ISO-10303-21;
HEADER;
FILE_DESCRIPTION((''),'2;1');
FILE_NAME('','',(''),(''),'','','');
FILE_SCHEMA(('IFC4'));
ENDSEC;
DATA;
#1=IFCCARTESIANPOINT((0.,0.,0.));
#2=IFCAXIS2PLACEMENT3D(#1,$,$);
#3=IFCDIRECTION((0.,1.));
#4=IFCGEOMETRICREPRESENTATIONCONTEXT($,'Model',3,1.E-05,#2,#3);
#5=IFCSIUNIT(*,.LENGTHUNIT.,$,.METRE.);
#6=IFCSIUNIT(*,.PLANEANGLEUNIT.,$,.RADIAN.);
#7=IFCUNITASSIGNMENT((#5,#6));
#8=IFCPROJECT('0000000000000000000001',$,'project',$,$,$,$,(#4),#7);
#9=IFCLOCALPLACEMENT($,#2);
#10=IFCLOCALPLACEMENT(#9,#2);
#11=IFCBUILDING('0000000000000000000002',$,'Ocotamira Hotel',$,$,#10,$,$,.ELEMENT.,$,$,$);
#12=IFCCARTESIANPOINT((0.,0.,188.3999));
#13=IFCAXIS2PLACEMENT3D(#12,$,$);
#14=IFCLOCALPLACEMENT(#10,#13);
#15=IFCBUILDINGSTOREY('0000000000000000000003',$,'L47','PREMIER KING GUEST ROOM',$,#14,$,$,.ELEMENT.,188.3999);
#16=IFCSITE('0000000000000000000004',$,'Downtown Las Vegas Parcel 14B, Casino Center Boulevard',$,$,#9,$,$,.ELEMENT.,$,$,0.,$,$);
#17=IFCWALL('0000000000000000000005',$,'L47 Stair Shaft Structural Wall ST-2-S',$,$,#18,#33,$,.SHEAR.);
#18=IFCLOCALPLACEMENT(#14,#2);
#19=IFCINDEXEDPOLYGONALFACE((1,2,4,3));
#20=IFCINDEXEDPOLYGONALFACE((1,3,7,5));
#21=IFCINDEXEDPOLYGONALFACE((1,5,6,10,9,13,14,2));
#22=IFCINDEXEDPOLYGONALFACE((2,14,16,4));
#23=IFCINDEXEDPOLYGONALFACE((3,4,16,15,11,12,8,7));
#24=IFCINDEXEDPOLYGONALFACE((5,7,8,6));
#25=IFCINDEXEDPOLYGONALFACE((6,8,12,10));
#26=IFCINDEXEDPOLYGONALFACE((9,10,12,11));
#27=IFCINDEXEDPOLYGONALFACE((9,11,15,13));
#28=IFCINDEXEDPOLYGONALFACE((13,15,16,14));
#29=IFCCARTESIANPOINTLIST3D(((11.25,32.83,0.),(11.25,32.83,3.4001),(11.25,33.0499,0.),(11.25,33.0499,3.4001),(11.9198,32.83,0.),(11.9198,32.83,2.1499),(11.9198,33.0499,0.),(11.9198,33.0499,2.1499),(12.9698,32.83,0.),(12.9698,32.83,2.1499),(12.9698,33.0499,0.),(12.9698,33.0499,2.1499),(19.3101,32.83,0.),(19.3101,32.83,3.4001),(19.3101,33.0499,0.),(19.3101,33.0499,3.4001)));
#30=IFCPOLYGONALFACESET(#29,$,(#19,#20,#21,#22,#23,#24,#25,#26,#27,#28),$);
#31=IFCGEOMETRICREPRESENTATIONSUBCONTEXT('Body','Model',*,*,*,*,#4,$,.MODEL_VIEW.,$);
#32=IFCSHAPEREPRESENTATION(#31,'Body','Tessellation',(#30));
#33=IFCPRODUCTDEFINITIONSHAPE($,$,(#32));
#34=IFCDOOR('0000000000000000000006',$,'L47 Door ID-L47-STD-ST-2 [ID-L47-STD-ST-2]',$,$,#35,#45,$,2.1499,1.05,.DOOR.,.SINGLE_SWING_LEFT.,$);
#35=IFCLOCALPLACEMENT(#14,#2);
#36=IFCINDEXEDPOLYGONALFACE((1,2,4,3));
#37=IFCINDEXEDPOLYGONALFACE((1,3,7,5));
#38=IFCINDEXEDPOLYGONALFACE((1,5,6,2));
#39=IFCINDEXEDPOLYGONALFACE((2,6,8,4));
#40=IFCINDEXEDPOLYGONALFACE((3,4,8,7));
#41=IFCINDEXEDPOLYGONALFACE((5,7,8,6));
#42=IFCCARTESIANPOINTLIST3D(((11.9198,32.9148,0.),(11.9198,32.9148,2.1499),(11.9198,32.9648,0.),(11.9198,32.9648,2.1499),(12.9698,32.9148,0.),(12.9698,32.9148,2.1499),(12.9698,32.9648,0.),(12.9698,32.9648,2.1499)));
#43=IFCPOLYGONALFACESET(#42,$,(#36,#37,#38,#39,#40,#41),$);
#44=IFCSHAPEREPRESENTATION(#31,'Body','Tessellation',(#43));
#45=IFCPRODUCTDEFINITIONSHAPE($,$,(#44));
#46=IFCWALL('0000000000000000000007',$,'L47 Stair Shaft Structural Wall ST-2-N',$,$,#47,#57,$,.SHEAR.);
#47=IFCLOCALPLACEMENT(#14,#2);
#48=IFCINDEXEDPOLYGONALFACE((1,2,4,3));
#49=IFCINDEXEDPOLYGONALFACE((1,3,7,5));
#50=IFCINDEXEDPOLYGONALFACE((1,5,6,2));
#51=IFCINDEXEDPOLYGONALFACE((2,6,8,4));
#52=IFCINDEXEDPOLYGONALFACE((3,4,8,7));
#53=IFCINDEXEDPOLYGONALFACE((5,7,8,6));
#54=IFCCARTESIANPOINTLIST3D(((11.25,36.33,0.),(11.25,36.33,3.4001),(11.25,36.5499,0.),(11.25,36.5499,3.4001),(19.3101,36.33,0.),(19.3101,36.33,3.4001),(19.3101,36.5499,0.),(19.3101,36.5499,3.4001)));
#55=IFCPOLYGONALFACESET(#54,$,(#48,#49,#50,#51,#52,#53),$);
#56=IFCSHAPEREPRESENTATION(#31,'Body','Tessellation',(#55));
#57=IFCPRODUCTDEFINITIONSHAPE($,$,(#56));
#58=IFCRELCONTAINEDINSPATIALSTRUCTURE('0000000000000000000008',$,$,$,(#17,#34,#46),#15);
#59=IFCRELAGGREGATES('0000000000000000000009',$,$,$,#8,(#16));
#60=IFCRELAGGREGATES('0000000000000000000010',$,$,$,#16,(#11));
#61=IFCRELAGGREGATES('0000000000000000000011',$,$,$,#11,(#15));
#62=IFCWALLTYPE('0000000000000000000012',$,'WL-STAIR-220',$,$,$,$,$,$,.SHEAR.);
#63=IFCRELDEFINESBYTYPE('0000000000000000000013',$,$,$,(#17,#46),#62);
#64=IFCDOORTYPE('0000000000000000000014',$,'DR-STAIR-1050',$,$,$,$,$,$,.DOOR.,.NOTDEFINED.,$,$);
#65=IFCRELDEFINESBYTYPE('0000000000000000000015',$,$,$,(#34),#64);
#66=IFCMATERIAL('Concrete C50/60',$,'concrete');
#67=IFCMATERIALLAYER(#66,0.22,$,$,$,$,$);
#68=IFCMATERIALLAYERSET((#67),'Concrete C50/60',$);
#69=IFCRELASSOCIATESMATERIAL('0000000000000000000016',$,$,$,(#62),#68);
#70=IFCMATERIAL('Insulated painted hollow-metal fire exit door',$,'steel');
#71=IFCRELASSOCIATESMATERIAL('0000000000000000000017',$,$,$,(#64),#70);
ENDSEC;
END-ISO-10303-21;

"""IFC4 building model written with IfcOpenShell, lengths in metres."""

from ifc_helpers import new_model, si_unit, direction, frame, frame_2d, origin, place, context, subcontext, project, spatial, rectangle, extrude, source, transform, mapped, material, layer, layer_set, type_object, element, fill, save


model = new_model("IFC4")

# Units and contexts
model_context = context("Model", 3, precision=1e-05, world=origin(), true_north=direction((0.0, 1.0)))
body_context = subcontext(model_context, "Body", "Model", "MODEL_VIEW")
ifc_project = project(units=[si_unit("LENGTHUNIT", "METRE"), si_unit("PLANEANGLEUNIT", "RADIAN")], contexts=[model_context])

# Site, building, storey
site_placement = place(None, origin())
site = spatial("IfcSite", under=ifc_project, at=site_placement, Name="Downtown Las Vegas Parcel 14B, Casino Center Boulevard", CompositionType="ELEMENT", RefElevation=0.0)
building_placement = place(site_placement, origin())
building = spatial("IfcBuilding", under=site, at=building_placement, Name="Ocotamira Hotel", CompositionType="ELEMENT")
storey_placement = place(building_placement, frame((0.0, 0.0, 188.3999)))
storey = spatial("IfcBuildingStorey", under=building, at=storey_placement, Name="L47", Description="PREMIER KING GUEST ROOM", CompositionType="ELEMENT", Elevation=188.3999)

# Wall, opening, door
ifc_material_1 = material(Name="Concrete C50/60", Category="concrete")
ifc_layer_1 = layer(ifc_material_1, 0.22)
ifc_layer_set_1 = layer_set([ifc_layer_1], Name="Concrete C50/60")
wall_type_1 = type_object("IfcWallType", Name="WL-STAIR-220", PredefinedType="SHEAR", material=ifc_layer_set_1)
wall_1_placement = place(storey_placement, frame((11.25, 32.9399, 0.0), z_axis=(0.0, 0.0, 1.0), x_axis=(1.0, 0.0, 0.0)))
wall_1 = element("IfcWall", 1, at=wall_1_placement, inside=storey, type_object=wall_type_1, Name="L47 Stair Shaft Structural Wall ST-2-S", PredefinedType="SHEAR", context=body_context, shape_type="SweptSolid", body=[
    extrude(rectangle(XDim=8.0601, YDim=0.22, at=frame_2d((4.03, 0.0))), origin(), (0.0, 0.0, 1.0), 3.4001),
])
opening_1_placement = place(wall_1_placement, frame((0.6699, 0.0, 0.0)))
opening_1 = element("IfcOpeningElement", 2, at=opening_1_placement, cuts=wall_1, PredefinedType="OPENING", context=body_context, shape_type="SweptSolid", body=[
    extrude(rectangle(XDim=1.05, YDim=2.1499, at=frame_2d((0.5249, 1.075))), frame((0.0, 0.1201, 0.0), z_axis=(0.0, -1.0, 0.0), x_axis=(1.0, 0.0, 0.0)), (0.0, 0.0, 1.0), 0.24),
])
ifc_material_2 = material(Name="Insulated painted hollow-metal fire exit door", Category="steel")
door_type_1 = type_object("IfcDoorType", Name="DR-STAIR-1050", OperationType="NOTDEFINED", PredefinedType="DOOR", material=ifc_material_2)
shared_shape_1 = source(origin(), body_context, "Body", "SweptSolid", [
    extrude(rectangle(XDim=1.05, YDim=2.1499, at=frame_2d((0.5249, 1.075))), frame((0.0, 0.0249, 0.0), z_axis=(0.0, -1.0, 0.0), x_axis=(1.0, 0.0, 0.0)), (0.0, 0.0, 1.0), 0.05),
])
door_1_placement = place(opening_1_placement, origin())
door_1 = element("IfcDoor", 3, at=door_1_placement, inside=storey, type_object=door_type_1, Name="L47 Door ID-L47-STD-ST-2 [ID-L47-STD-ST-2]", OperationType="SINGLE_SWING_LEFT", OverallHeight=2.1499, OverallWidth=1.05, PredefinedType="DOOR", context=body_context, shape_type="MappedRepresentation", body=[
    mapped(shared_shape_1, transform((0.0, 0.0, 0.0), scale=1.0)),
])
fill(opening_1, door_1)

# Wall
wall_2_placement = place(storey_placement, frame((11.25, 36.4399, 0.0), z_axis=(0.0, 0.0, 1.0), x_axis=(1.0, 0.0, 0.0)))
element("IfcWall", 4, at=wall_2_placement, inside=storey, type_object=wall_type_1, Name="L47 Stair Shaft Structural Wall ST-2-N", PredefinedType="SHEAR", context=body_context, shape_type="SweptSolid", body=[
    extrude(rectangle(XDim=8.0601, YDim=0.22, at=frame_2d((4.03, 0.0))), origin(), (0.0, 0.0, 1.0), 3.4001),
])

save(model, "model.ifc")
